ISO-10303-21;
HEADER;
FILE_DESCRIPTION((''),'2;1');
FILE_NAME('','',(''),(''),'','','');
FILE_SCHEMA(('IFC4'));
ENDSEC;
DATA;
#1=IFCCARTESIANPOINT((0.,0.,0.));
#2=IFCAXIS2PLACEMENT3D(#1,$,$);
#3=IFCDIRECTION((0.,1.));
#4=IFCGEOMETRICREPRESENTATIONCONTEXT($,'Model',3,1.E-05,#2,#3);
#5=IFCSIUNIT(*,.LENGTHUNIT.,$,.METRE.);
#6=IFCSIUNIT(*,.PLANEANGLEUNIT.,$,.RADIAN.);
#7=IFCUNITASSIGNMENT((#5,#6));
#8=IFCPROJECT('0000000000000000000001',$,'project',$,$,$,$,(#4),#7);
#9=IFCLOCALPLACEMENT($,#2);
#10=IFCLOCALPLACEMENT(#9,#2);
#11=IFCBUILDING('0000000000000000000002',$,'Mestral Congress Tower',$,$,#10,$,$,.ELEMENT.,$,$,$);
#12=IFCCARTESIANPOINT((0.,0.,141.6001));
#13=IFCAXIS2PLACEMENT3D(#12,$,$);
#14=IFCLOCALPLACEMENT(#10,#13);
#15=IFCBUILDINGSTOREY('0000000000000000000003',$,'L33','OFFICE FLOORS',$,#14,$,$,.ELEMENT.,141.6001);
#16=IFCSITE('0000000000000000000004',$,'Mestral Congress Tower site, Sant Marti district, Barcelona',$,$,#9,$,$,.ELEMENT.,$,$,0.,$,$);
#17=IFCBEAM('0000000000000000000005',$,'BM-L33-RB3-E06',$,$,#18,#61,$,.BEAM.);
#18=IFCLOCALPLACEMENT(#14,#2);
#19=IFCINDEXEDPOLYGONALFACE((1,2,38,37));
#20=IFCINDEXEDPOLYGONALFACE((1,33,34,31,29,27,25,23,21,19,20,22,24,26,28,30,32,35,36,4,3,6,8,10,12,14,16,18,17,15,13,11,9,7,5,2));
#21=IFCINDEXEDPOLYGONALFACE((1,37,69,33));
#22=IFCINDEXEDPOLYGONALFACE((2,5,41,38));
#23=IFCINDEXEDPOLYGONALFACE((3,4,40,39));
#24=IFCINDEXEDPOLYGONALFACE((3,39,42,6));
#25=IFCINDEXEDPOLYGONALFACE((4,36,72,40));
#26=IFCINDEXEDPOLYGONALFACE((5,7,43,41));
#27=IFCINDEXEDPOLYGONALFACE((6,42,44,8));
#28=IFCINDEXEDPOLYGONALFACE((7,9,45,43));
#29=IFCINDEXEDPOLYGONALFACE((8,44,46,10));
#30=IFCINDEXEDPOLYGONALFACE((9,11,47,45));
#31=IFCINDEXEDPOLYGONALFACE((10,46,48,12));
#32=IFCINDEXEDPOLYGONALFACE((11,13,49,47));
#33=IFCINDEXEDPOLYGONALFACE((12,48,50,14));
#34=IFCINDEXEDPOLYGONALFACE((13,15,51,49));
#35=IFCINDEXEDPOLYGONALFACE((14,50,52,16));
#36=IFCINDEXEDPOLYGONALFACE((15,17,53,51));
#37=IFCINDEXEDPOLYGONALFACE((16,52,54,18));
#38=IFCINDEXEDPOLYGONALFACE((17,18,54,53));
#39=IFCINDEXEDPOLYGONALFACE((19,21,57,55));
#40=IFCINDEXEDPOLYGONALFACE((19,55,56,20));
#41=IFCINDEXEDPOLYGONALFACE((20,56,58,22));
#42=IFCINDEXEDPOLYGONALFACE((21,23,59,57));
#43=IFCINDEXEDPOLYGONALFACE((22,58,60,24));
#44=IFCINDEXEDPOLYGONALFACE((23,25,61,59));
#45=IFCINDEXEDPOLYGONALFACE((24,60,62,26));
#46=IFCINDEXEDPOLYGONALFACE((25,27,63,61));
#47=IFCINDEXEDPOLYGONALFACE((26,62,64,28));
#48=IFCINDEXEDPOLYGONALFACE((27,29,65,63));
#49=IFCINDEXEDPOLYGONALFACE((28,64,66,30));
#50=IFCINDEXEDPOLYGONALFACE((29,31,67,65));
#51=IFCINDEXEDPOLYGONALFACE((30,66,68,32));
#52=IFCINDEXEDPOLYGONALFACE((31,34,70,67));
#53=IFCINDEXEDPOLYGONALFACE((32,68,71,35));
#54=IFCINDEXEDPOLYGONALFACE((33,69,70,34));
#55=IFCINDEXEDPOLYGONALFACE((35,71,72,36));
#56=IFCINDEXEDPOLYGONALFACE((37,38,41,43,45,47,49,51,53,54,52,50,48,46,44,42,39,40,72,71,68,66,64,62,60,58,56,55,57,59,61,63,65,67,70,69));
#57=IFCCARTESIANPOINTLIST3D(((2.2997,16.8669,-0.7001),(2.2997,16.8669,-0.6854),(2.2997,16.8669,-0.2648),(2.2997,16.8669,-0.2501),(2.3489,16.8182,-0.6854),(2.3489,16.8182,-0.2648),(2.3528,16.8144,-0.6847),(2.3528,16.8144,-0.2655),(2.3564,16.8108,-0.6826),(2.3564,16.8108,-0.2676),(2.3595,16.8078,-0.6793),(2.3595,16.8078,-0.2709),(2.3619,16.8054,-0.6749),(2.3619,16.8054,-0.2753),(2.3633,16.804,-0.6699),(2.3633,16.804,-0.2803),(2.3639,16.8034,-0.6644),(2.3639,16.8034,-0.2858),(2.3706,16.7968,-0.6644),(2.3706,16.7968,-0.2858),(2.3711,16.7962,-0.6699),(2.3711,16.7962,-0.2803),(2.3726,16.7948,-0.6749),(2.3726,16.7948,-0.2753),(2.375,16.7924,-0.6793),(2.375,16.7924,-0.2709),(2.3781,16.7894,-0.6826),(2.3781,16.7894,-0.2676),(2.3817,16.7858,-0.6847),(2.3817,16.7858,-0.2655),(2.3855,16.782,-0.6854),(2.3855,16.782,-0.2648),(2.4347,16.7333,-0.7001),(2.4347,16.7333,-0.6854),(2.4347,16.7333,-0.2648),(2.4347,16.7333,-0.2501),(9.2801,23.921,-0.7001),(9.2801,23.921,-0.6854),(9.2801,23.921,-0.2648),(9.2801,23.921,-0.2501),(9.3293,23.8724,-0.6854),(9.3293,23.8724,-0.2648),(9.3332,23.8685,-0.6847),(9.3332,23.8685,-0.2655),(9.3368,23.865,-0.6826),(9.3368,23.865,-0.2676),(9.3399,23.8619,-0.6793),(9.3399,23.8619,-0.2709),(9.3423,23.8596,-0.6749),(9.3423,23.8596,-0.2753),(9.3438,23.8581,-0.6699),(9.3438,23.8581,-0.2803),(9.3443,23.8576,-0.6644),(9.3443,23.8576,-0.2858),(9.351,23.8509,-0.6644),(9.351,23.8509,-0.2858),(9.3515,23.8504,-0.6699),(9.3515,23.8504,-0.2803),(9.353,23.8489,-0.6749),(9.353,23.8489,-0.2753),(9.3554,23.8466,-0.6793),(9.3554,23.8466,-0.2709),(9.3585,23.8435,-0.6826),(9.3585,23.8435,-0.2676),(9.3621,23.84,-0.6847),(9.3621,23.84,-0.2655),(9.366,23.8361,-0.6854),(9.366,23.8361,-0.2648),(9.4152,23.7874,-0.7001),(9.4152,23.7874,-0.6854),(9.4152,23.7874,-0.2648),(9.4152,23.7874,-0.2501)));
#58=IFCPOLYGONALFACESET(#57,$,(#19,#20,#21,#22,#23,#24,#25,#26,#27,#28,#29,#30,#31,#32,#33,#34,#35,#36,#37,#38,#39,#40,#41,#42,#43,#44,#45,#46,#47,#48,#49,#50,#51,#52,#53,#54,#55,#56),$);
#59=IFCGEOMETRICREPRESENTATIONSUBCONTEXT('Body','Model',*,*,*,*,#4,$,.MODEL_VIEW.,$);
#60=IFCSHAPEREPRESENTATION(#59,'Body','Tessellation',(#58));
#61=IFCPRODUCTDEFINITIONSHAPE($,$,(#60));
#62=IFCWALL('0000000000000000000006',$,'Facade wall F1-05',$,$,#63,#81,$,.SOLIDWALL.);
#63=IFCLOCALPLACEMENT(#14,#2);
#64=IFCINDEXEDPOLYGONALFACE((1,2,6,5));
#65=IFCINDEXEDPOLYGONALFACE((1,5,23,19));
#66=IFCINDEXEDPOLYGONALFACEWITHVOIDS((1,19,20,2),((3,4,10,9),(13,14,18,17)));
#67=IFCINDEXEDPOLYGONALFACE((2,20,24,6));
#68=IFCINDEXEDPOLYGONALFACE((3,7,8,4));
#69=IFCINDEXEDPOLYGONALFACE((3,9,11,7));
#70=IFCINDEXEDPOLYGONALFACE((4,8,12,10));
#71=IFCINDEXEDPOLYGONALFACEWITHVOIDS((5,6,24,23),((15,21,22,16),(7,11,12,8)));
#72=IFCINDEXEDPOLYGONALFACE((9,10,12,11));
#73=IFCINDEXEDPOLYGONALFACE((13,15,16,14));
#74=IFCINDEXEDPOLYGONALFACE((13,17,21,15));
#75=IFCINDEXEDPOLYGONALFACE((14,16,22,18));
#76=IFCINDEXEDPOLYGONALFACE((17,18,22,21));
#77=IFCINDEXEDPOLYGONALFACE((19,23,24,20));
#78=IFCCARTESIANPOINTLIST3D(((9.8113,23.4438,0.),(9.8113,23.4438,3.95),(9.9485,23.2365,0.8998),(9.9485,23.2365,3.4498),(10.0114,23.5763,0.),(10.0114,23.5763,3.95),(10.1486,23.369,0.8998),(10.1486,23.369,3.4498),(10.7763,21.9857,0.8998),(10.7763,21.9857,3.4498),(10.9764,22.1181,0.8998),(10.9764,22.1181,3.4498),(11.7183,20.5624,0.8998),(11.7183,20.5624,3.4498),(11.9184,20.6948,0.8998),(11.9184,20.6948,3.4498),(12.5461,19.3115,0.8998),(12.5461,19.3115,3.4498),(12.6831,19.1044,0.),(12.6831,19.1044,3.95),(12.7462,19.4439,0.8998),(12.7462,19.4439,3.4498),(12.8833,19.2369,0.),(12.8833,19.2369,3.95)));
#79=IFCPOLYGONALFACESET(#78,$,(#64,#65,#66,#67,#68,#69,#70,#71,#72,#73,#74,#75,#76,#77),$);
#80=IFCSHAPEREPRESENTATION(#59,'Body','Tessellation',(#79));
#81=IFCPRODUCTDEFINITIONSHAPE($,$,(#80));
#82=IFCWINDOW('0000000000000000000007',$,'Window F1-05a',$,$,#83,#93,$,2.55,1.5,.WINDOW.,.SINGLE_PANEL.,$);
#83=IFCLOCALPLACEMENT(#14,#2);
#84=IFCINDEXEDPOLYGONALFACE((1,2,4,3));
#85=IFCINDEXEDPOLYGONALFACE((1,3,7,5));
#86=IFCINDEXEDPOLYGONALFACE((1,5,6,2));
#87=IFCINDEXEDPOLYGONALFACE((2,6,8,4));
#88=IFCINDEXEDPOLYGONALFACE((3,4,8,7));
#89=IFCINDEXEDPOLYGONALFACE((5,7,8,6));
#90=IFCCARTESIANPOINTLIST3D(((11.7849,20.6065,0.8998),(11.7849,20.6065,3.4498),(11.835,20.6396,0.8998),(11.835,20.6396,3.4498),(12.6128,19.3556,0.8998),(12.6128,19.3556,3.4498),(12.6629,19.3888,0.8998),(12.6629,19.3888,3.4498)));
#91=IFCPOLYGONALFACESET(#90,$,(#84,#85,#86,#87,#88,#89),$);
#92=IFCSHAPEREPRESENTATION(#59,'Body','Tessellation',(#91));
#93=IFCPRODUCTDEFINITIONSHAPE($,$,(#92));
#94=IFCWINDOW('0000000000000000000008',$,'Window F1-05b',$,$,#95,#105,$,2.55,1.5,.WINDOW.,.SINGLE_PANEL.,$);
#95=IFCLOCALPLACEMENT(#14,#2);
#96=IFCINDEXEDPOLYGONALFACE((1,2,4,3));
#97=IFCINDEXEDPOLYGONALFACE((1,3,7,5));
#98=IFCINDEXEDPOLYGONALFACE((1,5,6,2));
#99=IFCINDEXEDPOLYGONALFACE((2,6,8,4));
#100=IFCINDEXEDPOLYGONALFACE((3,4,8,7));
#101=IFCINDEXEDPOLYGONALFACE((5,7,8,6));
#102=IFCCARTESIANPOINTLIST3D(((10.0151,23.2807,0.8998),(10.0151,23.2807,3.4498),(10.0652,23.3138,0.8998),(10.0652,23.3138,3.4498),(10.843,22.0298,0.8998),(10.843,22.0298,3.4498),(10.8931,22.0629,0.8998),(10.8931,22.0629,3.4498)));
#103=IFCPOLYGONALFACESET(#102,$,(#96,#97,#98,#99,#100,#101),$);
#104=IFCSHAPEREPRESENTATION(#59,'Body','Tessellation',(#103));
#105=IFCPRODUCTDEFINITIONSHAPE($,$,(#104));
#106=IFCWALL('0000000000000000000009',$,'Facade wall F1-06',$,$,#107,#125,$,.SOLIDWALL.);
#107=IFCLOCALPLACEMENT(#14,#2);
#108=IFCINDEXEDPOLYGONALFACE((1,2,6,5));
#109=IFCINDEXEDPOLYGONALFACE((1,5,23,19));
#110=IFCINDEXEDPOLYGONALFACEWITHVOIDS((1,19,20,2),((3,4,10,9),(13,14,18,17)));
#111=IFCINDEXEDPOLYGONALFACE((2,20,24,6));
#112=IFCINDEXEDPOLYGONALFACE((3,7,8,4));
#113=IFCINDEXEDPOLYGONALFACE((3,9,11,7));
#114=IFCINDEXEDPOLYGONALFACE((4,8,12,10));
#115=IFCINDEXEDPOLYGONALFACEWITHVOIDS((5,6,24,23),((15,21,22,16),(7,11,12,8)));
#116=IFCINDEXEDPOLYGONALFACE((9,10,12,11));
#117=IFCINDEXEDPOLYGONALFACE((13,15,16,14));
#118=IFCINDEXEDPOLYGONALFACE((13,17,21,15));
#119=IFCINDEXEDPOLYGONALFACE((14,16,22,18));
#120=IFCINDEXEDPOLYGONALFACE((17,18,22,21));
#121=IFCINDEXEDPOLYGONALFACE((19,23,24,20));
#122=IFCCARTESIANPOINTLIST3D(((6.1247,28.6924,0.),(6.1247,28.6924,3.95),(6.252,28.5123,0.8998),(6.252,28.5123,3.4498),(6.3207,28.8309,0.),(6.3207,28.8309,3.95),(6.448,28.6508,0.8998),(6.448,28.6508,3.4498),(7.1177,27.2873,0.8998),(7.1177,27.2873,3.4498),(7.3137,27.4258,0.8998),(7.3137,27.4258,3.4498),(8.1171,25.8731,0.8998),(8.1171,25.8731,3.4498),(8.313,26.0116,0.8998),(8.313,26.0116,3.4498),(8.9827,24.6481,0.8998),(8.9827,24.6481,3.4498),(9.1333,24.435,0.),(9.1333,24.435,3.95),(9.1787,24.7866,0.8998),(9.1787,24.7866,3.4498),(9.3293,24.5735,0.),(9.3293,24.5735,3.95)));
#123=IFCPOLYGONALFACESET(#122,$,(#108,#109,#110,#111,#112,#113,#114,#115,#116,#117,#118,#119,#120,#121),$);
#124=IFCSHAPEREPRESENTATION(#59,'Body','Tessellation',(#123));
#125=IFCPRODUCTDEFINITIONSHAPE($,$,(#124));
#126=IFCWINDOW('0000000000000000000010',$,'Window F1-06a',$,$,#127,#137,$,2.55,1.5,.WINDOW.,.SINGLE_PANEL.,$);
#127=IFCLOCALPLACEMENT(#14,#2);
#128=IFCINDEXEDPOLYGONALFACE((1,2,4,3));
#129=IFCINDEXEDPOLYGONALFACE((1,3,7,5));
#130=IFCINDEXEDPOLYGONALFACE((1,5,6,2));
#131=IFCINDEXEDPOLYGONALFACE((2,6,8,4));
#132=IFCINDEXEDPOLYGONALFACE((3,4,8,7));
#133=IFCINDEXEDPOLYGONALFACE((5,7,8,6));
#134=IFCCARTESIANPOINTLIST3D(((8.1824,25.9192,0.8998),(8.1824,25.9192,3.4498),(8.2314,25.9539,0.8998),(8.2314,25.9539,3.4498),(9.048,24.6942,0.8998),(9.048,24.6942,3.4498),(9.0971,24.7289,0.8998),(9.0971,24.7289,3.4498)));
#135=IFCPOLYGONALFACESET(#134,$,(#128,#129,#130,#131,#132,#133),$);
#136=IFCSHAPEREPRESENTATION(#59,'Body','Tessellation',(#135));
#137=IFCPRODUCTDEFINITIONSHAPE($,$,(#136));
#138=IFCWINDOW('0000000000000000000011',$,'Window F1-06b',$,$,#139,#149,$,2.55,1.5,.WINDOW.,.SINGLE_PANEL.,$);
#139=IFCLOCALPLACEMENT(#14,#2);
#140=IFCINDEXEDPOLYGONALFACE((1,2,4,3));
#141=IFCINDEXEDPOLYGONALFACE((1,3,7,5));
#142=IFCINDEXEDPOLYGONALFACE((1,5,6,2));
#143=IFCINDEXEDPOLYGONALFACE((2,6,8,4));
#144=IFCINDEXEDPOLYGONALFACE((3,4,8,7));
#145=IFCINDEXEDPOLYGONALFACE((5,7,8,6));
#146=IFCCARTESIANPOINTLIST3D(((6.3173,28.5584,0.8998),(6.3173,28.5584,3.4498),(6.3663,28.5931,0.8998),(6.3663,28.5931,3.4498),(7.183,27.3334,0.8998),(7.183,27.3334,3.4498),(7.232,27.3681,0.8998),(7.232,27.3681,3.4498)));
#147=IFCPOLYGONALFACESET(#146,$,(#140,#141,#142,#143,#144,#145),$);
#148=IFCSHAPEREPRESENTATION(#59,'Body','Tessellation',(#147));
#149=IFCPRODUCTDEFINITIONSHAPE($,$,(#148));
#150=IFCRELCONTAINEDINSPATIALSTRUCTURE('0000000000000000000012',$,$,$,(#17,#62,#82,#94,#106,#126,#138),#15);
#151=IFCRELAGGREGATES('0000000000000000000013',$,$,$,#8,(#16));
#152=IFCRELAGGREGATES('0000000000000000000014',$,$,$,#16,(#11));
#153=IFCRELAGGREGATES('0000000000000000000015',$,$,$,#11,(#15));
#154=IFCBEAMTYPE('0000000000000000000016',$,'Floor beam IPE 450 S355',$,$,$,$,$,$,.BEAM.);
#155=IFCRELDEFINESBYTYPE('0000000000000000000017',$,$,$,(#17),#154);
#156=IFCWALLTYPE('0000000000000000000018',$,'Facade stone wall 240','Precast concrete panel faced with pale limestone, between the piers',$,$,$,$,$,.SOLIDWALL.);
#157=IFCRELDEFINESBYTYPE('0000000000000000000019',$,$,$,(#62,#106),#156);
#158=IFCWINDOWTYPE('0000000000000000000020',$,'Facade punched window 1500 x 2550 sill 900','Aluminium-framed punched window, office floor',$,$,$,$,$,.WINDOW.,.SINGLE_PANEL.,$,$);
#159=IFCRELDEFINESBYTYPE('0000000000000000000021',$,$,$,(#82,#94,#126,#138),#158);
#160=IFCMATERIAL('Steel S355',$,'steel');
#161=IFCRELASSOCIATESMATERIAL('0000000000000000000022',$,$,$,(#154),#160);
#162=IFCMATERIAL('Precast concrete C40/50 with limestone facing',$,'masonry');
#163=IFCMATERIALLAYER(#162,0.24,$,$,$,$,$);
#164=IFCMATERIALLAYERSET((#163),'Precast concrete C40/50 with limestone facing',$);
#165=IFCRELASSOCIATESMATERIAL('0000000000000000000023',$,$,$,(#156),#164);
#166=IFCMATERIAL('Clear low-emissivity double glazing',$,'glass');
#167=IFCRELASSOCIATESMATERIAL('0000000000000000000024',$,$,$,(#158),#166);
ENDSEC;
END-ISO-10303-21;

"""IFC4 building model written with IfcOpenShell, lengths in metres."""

from ifc_helpers import new_model, si_unit, direction, frame, frame_2d, origin, origin_2d, place, context, subcontext, project, spatial, rectangle, i_section, extrude, material, layer, layer_set, material_profile, profile_set, type_object, element, fill, save


model = new_model("IFC4")

# Units and contexts
model_context = context("Model", 3, precision=1e-05, world=origin(), true_north=direction((0.0, 1.0)))
body_context = subcontext(model_context, "Body", "Model", "MODEL_VIEW")
ifc_project = project(units=[si_unit("LENGTHUNIT", "METRE"), si_unit("PLANEANGLEUNIT", "RADIAN")], contexts=[model_context])

# Site, building, storey
site_placement = place(None, origin())
site = spatial("IfcSite", under=ifc_project, at=site_placement, Name="Mestral Congress Tower site, Sant Marti district, Barcelona", CompositionType="ELEMENT", RefElevation=0.0)
building_placement = place(site_placement, origin())
building = spatial("IfcBuilding", under=site, at=building_placement, Name="Mestral Congress Tower", CompositionType="ELEMENT")
storey_placement = place(building_placement, frame((0.0, 0.0, 141.6001)))
storey = spatial("IfcBuildingStorey", under=building, at=storey_placement, Name="L33", Description="OFFICE FLOORS", CompositionType="ELEMENT", Elevation=141.6001)

# Beam
ifc_material_1 = material(Name="Steel S355", Category="steel")
ifc_material_profile_1 = material_profile(ifc_material_1, i_section(OverallWidth=0.1899, OverallDepth=0.45, WebThickness=0.0095, FlangeThickness=0.0146, FilletRadius=0.021, at=origin_2d()), Name="IPE 450")
ifc_profile_set_1 = profile_set([ifc_material_profile_1], Name="Steel S355")
beam_type_1 = type_object("IfcBeamType", Name="Floor beam IPE 450 S355", PredefinedType="BEAM", material=ifc_profile_set_1)
beam_1_placement = place(storey_placement, frame((9.3477, 23.8542, -0.4751), z_axis=(-0.703382, -0.710812, 0.0), x_axis=(0.710812, -0.703382, 0.0)))
element("IfcBeam", 1, at=beam_1_placement, inside=storey, type_object=beam_type_1, Name="BM-L33-RB3-E06", PredefinedType="BEAM", context=body_context, shape_type="SweptSolid", body=[
    extrude(i_section(OverallWidth=0.1899, OverallDepth=0.45, WebThickness=0.0095, FlangeThickness=0.0146, FilletRadius=0.021, at=origin_2d()), origin(), (0.0, 0.0, 1.0), 9.9241),
])

# Walls, openings, windows
ifc_material_2 = material(Name="Precast concrete C40/50 with limestone facing", Category="masonry")
ifc_layer_1 = layer(ifc_material_2, 0.24)
ifc_layer_set_1 = layer_set([ifc_layer_1], Name="Precast concrete C40/50 with limestone facing")
wall_type_1 = type_object("IfcWallType", Name="Facade stone wall 240", Description="Precast concrete panel faced with pale limestone, between the piers", PredefinedType="SOLIDWALL", material=ifc_layer_set_1)
wall_1_placement = place(storey_placement, frame((12.7832, 19.1707, 0.0), z_axis=(0.0, 0.0, 1.0), x_axis=(-0.551893, 0.833915, 0.0)))
wall_1 = element("IfcWall", 2, at=wall_1_placement, inside=storey, type_object=wall_type_1, Name="Facade wall F1-05", PredefinedType="SOLIDWALL", context=body_context, shape_type="SweptSolid", body=[
    extrude(rectangle(XDim=5.2036, YDim=0.24, at=frame_2d((2.6018, 0.0))), origin(), (0.0, 0.0, 1.0), 3.95),
])
opening_1_placement = place(wall_1_placement, frame((0.2483, 0.0, 0.8999)))
opening_1 = element("IfcOpeningElement", 3, at=opening_1_placement, cuts=wall_1, PredefinedType="OPENING", context=body_context, shape_type="SweptSolid", body=[
    extrude(rectangle(XDim=1.5, YDim=2.55, at=frame_2d((0.75, 1.2749))), frame((0.0, 0.1299, 0.0), z_axis=(0.0, -1.0, 0.0), x_axis=(1.0, 0.0, 0.0)), (0.0, 0.0, 1.0), 0.26),
])
opening_2_placement = place(wall_1_placement, frame((3.4551, 0.0, 0.8999)))
opening_2 = element("IfcOpeningElement", 4, at=opening_2_placement, cuts=wall_1, PredefinedType="OPENING", context=body_context, shape_type="SweptSolid", body=[
    extrude(rectangle(XDim=1.5, YDim=2.55, at=frame_2d((0.75, 1.2749))), frame((0.0, 0.1299, 0.0), z_axis=(0.0, -1.0, 0.0), x_axis=(1.0, 0.0, 0.0)), (0.0, 0.0, 1.0), 0.26),
])
ifc_material_3 = material(Name="Clear low-emissivity double glazing", Category="glass")
window_type_1 = type_object("IfcWindowType", Name="Facade punched window 1500 x 2550 sill 900", Description="Aluminium-framed punched window, office floor", PartitioningType="SINGLE_PANEL", PredefinedType="WINDOW", material=ifc_material_3)
window_1_placement = place(opening_1_placement, origin())
window_1 = element("IfcWindow", 5, at=window_1_placement, inside=storey, type_object=window_type_1, Name="Window F1-05a", OverallHeight=2.55, OverallWidth=1.5, PartitioningType="SINGLE_PANEL", PredefinedType="WINDOW", context=body_context, shape_type="SweptSolid", body=[
    extrude(rectangle(XDim=1.5, YDim=2.55, at=frame_2d((0.75, 1.2749))), frame((0.0, 0.04, 0.0), z_axis=(0.0, -1.0, 0.0), x_axis=(1.0, 0.0, 0.0)), (0.0, 0.0, 1.0), 0.0601),
])
fill(opening_1, window_1)
window_2_placement = place(opening_2_placement, origin())
window_2 = element("IfcWindow", 6, at=window_2_placement, inside=storey, type_object=window_type_1, Name="Window F1-05b", OverallHeight=2.55, OverallWidth=1.5, PartitioningType="SINGLE_PANEL", PredefinedType="WINDOW", context=body_context, shape_type="SweptSolid", body=[
    extrude(rectangle(XDim=1.5, YDim=2.55, at=frame_2d((0.75, 1.2749))), frame((0.0, 0.04, 0.0), z_axis=(0.0, -1.0, 0.0), x_axis=(1.0, 0.0, 0.0)), (0.0, 0.0, 1.0), 0.0601),
])
fill(opening_2, window_2)
wall_2_placement = place(storey_placement, frame((9.2312, 24.5044, 0.0), z_axis=(0.0, 0.0, 1.0), x_axis=(-0.577115, 0.816663, 0.0)))
wall_2 = element("IfcWall", 7, at=wall_2_placement, inside=storey, type_object=wall_type_1, Name="Facade wall F1-06", PredefinedType="SOLIDWALL", context=body_context, shape_type="SweptSolid", body=[
    extrude(rectangle(XDim=5.2131, YDim=0.24, at=frame_2d((2.6064, 0.0))), origin(), (0.0, 0.0, 1.0), 3.95),
])
opening_3_placement = place(wall_2_placement, frame((0.2607, 0.0, 0.8999)))
opening_3 = element("IfcOpeningElement", 8, at=opening_3_placement, cuts=wall_2, PredefinedType="OPENING", context=body_context, shape_type="SweptSolid", body=[
    extrude(rectangle(XDim=1.5, YDim=2.55, at=frame_2d((0.75, 1.2749))), frame((0.0, 0.1299, 0.0), z_axis=(0.0, -1.0, 0.0), x_axis=(1.0, 0.0, 0.0)), (0.0, 0.0, 1.0), 0.26),
])
opening_4_placement = place(wall_2_placement, frame((3.4924, 0.0, 0.8999)))
opening_4 = element("IfcOpeningElement", 9, at=opening_4_placement, cuts=wall_2, PredefinedType="OPENING", context=body_context, shape_type="SweptSolid", body=[
    extrude(rectangle(XDim=1.5, YDim=2.55, at=frame_2d((0.75, 1.2749))), frame((0.0, 0.1299, 0.0), z_axis=(0.0, -1.0, 0.0), x_axis=(1.0, 0.0, 0.0)), (0.0, 0.0, 1.0), 0.26),
])
window_3_placement = place(opening_3_placement, origin())
window_3 = element("IfcWindow", 10, at=window_3_placement, inside=storey, type_object=window_type_1, Name="Window F1-06a", OverallHeight=2.55, OverallWidth=1.5, PartitioningType="SINGLE_PANEL", PredefinedType="WINDOW", context=body_context, shape_type="SweptSolid", body=[
    extrude(rectangle(XDim=1.5, YDim=2.55, at=frame_2d((0.75, 1.2749))), frame((0.0, 0.04, 0.0), z_axis=(0.0, -1.0, 0.0), x_axis=(1.0, 0.0, 0.0)), (0.0, 0.0, 1.0), 0.0601),
])
fill(opening_3, window_3)
window_4_placement = place(opening_4_placement, origin())
window_4 = element("IfcWindow", 11, at=window_4_placement, inside=storey, type_object=window_type_1, Name="Window F1-06b", OverallHeight=2.55, OverallWidth=1.5, PartitioningType="SINGLE_PANEL", PredefinedType="WINDOW", context=body_context, shape_type="SweptSolid", body=[
    extrude(rectangle(XDim=1.5, YDim=2.55, at=frame_2d((0.75, 1.2749))), frame((0.0, 0.04, 0.0), z_axis=(0.0, -1.0, 0.0), x_axis=(1.0, 0.0, 0.0)), (0.0, 0.0, 1.0), 0.0601),
])
fill(opening_4, window_4)

save(model, "model.ifc")
